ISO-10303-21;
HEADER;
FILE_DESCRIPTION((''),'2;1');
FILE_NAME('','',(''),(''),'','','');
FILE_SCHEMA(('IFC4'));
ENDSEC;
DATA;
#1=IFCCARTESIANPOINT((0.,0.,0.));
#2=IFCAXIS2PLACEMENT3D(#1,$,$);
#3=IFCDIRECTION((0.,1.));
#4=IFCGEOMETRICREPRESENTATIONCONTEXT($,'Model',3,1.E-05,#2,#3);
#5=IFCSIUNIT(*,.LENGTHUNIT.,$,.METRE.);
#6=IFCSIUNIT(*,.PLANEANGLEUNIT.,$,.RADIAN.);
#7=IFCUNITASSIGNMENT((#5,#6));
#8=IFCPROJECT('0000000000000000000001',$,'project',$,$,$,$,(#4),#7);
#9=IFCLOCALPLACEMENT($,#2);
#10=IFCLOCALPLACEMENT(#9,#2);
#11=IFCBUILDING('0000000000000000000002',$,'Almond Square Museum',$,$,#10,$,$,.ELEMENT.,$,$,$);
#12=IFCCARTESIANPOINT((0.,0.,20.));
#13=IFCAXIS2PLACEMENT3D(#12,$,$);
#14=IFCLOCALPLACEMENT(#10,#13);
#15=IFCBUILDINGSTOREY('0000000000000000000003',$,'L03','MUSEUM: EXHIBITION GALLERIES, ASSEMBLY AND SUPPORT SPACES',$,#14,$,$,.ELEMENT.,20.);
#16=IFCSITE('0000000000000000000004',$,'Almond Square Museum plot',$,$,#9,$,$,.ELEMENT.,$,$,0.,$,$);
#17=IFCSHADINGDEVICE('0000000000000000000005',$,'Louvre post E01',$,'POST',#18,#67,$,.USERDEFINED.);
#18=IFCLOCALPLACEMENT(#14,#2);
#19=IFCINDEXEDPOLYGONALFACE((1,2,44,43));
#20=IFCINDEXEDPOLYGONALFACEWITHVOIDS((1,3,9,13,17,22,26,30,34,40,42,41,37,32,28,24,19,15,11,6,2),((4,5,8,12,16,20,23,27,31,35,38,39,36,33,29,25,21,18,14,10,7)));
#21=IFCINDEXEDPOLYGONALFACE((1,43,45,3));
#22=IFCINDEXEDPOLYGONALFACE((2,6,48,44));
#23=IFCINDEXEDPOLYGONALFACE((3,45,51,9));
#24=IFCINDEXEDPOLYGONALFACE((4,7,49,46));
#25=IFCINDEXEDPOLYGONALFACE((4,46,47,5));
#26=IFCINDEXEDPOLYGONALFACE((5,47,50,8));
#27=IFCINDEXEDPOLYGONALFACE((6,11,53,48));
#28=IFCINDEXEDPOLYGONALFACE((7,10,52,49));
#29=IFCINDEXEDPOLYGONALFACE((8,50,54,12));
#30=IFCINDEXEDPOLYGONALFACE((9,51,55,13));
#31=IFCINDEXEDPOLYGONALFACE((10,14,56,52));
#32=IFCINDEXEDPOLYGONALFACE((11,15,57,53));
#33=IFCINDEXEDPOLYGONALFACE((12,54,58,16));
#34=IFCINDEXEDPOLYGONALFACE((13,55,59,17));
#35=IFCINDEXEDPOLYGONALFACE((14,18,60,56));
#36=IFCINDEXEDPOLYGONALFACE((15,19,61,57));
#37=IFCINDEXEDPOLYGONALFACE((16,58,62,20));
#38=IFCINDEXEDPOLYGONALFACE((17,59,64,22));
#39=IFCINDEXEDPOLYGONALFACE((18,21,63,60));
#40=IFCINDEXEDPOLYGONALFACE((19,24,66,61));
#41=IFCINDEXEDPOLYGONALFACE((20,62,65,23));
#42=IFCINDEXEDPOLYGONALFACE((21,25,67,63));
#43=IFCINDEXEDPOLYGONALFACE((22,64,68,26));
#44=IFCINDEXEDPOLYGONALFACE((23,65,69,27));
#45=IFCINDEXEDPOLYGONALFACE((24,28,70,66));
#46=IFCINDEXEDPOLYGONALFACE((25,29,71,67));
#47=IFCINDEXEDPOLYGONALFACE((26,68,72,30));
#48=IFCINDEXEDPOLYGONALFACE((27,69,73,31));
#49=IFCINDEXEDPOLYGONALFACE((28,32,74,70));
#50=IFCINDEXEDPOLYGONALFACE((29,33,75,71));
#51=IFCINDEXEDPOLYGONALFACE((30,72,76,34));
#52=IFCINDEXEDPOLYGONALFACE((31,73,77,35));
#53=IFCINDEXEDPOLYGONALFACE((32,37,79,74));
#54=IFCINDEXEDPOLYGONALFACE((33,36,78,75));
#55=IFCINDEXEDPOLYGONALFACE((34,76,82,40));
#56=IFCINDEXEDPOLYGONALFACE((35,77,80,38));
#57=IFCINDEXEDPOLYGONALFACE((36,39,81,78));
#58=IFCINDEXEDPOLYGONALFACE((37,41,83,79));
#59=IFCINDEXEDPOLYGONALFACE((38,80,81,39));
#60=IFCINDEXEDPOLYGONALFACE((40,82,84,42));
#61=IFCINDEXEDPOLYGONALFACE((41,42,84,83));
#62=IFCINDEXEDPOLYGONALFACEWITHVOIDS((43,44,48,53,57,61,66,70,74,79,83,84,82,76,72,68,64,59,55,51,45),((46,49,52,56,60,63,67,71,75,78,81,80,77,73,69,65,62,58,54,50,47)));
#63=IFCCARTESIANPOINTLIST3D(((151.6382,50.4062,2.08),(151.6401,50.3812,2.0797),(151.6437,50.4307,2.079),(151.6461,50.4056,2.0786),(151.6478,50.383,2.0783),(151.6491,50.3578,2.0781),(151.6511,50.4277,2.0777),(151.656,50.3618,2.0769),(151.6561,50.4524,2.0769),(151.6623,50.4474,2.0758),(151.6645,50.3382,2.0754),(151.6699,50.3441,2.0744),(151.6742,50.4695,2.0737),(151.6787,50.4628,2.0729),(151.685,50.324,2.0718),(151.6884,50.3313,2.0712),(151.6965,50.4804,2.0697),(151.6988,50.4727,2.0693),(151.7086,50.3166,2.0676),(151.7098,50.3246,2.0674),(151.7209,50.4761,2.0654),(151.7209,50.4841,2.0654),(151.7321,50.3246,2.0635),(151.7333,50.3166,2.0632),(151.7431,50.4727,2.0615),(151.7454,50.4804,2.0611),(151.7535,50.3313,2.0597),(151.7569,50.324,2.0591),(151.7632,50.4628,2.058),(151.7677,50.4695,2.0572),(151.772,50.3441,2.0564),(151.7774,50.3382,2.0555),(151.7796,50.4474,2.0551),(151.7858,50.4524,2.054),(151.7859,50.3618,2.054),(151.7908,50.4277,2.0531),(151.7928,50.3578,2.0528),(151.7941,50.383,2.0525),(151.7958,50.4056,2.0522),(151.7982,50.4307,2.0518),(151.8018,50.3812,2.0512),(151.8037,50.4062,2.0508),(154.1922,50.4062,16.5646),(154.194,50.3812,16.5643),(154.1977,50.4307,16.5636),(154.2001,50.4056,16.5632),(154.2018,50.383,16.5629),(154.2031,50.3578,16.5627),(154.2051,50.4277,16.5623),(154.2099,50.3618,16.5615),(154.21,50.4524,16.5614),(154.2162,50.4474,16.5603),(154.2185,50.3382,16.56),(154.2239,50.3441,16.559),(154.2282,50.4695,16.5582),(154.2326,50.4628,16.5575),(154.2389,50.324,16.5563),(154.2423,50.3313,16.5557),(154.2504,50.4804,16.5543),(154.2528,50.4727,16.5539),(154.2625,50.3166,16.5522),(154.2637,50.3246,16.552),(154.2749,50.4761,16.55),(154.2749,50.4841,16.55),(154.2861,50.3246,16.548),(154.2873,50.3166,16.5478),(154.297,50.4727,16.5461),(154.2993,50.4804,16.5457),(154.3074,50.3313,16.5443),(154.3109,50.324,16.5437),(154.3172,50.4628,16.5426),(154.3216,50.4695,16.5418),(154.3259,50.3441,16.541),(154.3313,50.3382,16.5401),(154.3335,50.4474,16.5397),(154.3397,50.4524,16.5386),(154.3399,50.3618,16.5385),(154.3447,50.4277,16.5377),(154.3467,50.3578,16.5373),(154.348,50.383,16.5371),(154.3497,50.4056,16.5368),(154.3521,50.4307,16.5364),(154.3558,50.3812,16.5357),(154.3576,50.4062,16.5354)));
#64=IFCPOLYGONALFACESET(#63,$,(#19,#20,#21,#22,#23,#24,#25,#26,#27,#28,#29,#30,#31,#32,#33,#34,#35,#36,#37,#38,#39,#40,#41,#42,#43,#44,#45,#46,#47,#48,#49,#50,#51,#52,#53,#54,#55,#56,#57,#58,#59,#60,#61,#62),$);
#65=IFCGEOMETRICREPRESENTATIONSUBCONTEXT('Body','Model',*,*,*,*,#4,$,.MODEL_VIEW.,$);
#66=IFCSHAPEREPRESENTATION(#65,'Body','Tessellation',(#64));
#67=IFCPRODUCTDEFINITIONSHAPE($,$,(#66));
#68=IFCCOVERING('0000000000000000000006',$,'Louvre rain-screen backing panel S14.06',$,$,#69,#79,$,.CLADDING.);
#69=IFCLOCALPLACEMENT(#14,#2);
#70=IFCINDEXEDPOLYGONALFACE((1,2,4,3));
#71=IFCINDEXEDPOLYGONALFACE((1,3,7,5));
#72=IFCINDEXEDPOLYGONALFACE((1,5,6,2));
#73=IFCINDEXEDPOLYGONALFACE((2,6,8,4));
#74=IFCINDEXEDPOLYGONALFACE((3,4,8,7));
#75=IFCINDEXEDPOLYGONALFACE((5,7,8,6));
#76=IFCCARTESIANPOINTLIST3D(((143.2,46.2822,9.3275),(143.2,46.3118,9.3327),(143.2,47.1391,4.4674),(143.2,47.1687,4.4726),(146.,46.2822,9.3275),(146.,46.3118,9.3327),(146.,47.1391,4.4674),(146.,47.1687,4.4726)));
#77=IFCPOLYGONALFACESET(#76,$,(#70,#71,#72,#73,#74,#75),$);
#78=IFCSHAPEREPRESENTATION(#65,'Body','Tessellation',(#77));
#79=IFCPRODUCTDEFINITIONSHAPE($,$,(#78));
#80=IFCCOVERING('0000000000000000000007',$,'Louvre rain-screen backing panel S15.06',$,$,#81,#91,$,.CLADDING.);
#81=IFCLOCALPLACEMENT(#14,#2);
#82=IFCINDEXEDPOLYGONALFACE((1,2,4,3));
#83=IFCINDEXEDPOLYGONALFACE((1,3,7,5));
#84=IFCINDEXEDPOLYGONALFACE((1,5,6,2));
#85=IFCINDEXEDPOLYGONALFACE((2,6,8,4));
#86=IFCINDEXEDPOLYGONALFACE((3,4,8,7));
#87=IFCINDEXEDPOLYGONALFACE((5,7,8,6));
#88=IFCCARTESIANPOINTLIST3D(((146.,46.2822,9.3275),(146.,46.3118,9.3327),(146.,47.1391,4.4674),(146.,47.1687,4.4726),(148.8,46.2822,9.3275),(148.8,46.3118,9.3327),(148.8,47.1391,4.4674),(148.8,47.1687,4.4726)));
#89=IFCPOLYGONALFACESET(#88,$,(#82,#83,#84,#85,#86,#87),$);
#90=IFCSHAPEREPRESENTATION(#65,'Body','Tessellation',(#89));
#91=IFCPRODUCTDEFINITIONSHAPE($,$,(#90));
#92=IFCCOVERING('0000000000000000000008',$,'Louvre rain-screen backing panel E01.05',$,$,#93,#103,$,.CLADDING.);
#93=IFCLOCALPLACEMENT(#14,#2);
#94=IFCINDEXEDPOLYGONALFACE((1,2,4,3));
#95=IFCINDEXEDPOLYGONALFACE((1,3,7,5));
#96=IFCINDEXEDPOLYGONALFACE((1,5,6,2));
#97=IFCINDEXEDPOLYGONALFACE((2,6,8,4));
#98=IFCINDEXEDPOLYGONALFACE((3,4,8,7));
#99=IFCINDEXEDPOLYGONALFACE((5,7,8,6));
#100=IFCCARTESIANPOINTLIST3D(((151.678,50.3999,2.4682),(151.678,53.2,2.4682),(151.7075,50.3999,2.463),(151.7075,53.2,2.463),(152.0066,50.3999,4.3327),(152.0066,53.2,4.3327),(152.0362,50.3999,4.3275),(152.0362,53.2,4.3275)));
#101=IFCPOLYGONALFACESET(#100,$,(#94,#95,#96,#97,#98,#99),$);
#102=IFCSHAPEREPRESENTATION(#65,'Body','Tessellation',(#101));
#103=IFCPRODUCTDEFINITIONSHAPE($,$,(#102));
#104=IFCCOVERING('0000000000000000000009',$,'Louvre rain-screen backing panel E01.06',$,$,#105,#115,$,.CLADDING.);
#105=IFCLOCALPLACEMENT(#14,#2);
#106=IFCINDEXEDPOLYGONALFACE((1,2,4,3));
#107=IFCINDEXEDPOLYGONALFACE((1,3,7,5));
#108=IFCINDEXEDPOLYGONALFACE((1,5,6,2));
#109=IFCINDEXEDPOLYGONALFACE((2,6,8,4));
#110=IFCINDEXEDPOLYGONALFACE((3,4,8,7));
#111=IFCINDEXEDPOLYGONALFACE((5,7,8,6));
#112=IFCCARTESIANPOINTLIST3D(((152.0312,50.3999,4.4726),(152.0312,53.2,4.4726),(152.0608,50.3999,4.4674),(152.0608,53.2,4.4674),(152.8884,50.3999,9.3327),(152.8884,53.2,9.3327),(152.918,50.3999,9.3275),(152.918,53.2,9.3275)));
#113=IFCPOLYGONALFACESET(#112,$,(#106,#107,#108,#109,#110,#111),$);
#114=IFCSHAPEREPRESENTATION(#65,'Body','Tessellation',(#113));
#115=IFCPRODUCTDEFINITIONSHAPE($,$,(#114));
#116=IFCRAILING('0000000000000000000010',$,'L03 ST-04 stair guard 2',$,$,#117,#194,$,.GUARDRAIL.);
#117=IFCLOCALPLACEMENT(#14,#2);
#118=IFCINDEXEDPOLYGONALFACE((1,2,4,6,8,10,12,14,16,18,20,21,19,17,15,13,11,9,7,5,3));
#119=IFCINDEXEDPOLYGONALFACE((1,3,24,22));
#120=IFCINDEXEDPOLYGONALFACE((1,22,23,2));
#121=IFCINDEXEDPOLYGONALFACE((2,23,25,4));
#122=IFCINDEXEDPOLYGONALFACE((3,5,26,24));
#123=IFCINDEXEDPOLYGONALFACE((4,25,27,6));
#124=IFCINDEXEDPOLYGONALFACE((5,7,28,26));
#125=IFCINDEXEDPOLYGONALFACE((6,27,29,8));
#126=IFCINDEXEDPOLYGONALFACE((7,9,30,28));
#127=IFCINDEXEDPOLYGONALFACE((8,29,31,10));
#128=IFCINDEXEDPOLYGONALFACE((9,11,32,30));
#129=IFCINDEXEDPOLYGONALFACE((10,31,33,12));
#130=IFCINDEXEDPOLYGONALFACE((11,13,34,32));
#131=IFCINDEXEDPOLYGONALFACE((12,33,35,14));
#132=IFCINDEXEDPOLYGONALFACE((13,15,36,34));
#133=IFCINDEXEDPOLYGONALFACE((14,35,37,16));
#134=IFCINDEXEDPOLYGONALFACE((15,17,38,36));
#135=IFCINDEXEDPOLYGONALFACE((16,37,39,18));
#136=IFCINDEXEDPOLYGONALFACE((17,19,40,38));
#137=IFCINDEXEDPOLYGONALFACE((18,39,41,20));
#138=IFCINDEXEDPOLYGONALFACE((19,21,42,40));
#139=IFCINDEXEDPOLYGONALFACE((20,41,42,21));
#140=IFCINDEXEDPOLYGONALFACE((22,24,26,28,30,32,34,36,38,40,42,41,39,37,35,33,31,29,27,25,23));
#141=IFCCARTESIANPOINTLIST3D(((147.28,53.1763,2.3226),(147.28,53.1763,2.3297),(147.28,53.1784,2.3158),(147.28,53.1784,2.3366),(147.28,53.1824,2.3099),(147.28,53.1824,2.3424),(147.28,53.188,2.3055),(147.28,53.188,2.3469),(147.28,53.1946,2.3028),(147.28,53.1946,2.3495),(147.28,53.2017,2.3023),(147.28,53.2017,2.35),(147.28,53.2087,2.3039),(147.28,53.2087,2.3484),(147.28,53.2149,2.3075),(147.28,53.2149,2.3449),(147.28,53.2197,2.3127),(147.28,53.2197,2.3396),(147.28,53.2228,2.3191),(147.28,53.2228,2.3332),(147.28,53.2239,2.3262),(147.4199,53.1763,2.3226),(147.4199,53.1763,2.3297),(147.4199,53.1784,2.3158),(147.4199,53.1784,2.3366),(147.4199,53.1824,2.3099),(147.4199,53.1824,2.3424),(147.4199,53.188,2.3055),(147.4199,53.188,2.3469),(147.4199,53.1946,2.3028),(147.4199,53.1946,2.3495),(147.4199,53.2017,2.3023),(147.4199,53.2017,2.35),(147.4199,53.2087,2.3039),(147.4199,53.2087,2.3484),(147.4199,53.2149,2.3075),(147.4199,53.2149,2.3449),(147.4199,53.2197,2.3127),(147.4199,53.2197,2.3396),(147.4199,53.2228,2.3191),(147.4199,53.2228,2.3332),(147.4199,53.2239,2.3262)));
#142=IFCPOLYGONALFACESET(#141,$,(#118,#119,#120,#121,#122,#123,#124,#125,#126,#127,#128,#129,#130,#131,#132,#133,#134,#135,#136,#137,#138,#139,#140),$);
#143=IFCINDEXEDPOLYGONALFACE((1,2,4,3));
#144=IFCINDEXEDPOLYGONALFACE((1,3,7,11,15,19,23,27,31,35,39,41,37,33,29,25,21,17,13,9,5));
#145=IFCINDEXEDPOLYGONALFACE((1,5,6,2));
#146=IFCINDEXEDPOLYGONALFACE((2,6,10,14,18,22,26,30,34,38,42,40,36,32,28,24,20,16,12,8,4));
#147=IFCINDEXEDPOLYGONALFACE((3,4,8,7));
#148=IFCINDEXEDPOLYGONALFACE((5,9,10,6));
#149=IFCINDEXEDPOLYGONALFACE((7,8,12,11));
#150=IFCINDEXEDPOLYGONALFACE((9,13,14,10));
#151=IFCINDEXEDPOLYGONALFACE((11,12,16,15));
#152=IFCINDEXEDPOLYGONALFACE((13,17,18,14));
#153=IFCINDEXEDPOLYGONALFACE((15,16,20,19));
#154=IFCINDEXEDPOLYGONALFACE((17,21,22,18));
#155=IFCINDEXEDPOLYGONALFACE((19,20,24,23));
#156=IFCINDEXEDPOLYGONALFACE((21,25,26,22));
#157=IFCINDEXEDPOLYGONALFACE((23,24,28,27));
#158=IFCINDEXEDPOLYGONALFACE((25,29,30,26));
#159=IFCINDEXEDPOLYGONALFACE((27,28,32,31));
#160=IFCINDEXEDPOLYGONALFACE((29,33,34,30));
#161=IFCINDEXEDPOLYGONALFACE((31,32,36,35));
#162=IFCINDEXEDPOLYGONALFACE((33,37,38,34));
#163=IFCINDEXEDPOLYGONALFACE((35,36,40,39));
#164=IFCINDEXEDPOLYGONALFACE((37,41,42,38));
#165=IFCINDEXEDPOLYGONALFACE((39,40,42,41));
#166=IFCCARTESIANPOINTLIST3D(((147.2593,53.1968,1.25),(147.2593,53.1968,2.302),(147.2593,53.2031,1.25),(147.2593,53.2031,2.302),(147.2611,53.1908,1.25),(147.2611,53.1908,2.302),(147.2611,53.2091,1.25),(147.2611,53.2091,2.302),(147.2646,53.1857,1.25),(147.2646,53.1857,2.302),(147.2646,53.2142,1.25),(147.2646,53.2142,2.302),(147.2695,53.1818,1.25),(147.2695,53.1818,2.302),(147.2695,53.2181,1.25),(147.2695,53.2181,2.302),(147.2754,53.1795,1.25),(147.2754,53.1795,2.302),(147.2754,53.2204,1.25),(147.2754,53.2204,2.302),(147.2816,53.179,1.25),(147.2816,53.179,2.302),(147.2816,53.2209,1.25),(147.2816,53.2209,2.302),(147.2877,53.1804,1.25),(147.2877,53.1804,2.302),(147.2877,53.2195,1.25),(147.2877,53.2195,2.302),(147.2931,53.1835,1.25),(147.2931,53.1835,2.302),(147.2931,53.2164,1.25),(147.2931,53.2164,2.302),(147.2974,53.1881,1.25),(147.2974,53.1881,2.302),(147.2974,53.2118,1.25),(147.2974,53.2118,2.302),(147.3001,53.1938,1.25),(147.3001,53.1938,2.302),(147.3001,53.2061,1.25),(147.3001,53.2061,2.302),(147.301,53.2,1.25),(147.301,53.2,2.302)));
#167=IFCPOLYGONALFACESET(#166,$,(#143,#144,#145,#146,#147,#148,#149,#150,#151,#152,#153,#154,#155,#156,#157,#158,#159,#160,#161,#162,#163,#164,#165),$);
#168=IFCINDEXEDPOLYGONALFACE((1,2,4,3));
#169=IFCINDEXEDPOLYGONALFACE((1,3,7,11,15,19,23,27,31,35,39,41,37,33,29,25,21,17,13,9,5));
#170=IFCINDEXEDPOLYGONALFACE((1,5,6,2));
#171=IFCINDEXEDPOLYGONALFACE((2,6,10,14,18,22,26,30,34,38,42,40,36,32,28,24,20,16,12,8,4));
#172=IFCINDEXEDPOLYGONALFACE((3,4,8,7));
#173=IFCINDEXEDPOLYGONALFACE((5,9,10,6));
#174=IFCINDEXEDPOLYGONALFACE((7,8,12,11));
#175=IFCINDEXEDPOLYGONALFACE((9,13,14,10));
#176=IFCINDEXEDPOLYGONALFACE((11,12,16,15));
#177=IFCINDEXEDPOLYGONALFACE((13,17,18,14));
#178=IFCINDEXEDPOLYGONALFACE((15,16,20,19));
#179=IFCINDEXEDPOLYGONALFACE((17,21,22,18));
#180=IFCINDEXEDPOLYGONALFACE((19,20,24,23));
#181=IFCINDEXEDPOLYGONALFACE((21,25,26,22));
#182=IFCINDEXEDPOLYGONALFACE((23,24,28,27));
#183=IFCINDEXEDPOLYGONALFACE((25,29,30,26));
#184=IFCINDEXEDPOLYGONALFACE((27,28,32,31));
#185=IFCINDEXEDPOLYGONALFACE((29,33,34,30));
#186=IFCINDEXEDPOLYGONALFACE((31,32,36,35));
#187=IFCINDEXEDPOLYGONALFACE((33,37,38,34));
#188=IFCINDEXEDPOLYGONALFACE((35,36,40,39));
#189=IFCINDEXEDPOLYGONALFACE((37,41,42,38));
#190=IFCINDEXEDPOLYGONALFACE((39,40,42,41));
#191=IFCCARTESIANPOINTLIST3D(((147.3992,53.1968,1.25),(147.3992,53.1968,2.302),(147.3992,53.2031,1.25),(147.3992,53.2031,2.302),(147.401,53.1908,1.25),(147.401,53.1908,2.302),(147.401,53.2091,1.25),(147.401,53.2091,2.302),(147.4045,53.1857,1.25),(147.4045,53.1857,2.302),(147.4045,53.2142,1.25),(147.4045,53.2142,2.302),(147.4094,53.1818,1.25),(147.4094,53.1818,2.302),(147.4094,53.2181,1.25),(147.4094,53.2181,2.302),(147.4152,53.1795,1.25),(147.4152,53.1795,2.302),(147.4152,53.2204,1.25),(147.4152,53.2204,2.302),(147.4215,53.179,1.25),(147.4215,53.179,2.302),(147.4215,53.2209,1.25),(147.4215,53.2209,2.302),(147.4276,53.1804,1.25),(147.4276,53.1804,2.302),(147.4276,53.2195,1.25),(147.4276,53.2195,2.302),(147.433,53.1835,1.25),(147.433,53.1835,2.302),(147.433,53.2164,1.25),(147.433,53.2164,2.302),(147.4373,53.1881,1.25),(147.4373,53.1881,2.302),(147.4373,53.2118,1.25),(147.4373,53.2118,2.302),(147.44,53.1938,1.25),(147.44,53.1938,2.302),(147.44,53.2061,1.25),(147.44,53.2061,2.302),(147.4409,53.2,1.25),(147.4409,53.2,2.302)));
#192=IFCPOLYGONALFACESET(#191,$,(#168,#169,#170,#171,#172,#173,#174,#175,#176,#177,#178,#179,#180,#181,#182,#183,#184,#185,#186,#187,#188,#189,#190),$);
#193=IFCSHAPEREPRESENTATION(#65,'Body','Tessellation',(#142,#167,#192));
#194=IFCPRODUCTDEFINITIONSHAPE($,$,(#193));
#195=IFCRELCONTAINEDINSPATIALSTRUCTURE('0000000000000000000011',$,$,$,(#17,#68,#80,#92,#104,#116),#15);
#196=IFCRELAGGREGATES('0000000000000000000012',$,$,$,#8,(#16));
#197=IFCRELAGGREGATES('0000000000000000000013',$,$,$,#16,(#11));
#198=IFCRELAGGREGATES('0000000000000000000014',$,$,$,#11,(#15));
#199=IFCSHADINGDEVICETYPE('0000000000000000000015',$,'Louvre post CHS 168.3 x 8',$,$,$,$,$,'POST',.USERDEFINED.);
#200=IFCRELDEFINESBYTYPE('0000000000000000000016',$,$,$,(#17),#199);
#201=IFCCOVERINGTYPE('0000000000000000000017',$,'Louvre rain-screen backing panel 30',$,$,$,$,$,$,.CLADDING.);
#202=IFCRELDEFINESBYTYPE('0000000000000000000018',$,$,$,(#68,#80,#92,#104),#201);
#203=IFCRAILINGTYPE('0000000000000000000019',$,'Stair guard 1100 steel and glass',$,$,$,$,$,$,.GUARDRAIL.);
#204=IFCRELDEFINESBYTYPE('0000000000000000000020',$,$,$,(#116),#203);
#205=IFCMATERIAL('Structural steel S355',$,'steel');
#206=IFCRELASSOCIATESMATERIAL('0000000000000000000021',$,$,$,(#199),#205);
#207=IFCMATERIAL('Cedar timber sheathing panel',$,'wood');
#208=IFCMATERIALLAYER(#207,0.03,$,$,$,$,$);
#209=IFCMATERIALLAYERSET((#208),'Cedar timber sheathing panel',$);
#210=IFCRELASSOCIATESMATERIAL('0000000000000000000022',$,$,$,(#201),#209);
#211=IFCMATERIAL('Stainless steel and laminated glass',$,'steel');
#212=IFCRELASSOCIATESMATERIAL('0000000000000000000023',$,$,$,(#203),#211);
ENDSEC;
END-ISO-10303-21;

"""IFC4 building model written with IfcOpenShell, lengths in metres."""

from ifc_helpers import new_model, si_unit, direction, frame, origin, origin_2d, place, context, subcontext, project, spatial, polyline, circle, hollow_circle, outline, extrude, material, layer, layer_set, material_profile, profile_set, type_object, element, save


model = new_model("IFC4")

# Units and contexts
model_context = context("Model", 3, precision=1e-05, world=origin(), true_north=direction((0.0, 1.0)))
body_context = subcontext(model_context, "Body", "Model", "MODEL_VIEW")
ifc_project = project(units=[si_unit("LENGTHUNIT", "METRE"), si_unit("PLANEANGLEUNIT", "RADIAN")], contexts=[model_context])

# Site, building, storey
site_placement = place(None, origin())
site = spatial("IfcSite", under=ifc_project, at=site_placement, Name="Almond Square Museum plot", CompositionType="ELEMENT", RefElevation=0.0)
building_placement = place(site_placement, origin())
building = spatial("IfcBuilding", under=site, at=building_placement, Name="Almond Square Museum", CompositionType="ELEMENT")
storey_placement = place(building_placement, frame((0.0, 0.0, 20.0)))
storey = spatial("IfcBuildingStorey", under=building, at=storey_placement, Name="L03", Description="MUSEUM: EXHIBITION GALLERIES, ASSEMBLY AND SUPPORT SPACES", CompositionType="ELEMENT", Elevation=20.0)

# Shading device
ifc_material_1 = material(Name="Structural steel S355", Category="steel")
ifc_material_profile_1 = material_profile(ifc_material_1, hollow_circle(Radius=0.0842, WallThickness=0.0081, at=origin_2d()))
ifc_profile_set_1 = profile_set([ifc_material_profile_1], Name="Structural steel S355")
shading_device_type = type_object("IfcShadingDeviceType", Name="Louvre post CHS 168.3 x 8", ElementType="POST", PredefinedType="USERDEFINED", material=ifc_profile_set_1)
shading_device_placement = place(storey_placement, frame((151.7209, 50.3999, 2.0654), z_axis=(0.173643, 0.0, 0.984809), x_axis=(0.0, 1.0, 0.0)))
element("IfcShadingDevice", 1, at=shading_device_placement, inside=storey, type_object=shading_device_type, Name="Louvre post E01", ObjectType="POST", PredefinedType="USERDEFINED", context=body_context, shape_type="SweptSolid", body=[
    extrude(hollow_circle(Radius=0.0842, WallThickness=0.0081, at=origin_2d()), origin(), (0.0, 0.0, 1.0), 14.708),
])

# Coverings
ifc_material_2 = material(Name="Cedar timber sheathing panel", Category="wood")
ifc_layer_1 = layer(ifc_material_2, 0.03)
ifc_layer_set_1 = layer_set([ifc_layer_1], Name="Cedar timber sheathing panel")
covering_type_1 = type_object("IfcCoveringType", Name="Louvre rain-screen backing panel 30", PredefinedType="CLADDING", material=ifc_layer_set_1)
for number, where, z_axis, x_axis, name in (
    (2, (143.2, 47.1538, 4.47), (0.0, -0.984809, -0.173641), (1.0, 0.0, 0.0), "Louvre rain-screen backing panel S14.06"),
    (3, (146.0, 47.1538, 4.47), (0.0, -0.984809, -0.173641), (1.0, 0.0, 0.0), "Louvre rain-screen backing panel S15.06"),
):
    element("IfcCovering", number, at=place(storey_placement, frame(where, z_axis=z_axis, x_axis=x_axis)), inside=storey, type_object=covering_type_1, Name=name, PredefinedType="CLADDING", context=body_context, shape_type="SweptSolid", body=[
        extrude(outline(polyline([(0.0, 0.0), (2.8, 0.0), (2.8, 4.9351), (0.0, 4.9351), (0.0, 0.0)])), frame((0.0, 0.0, -0.0151)), (0.0, 0.0, 1.0), 0.03),
    ])
covering_1_placement = place(storey_placement, frame((151.6929, 50.3999, 2.4656), z_axis=(0.984821, 0.0, -0.173572), x_axis=(0.0, 1.0, 0.0)))
element("IfcCovering", 4, at=covering_1_placement, inside=storey, type_object=covering_type_1, Name="Louvre rain-screen backing panel E01.05", PredefinedType="CLADDING", context=body_context, shape_type="SweptSolid", body=[
    extrude(outline(polyline([(0.0, 0.0), (2.8, 0.0), (2.8, 1.8932), (0.0, 1.8932), (0.0, 0.0)])), frame((0.0, 0.0, -0.0151)), (0.0, 0.0, 1.0), 0.03),
])
covering_2_placement = place(storey_placement, frame((152.0461, 50.3999, 4.47), z_axis=(0.9848, 0.0, -0.173689), x_axis=(0.0, 1.0, 0.0)))
element("IfcCovering", 5, at=covering_2_placement, inside=storey, type_object=covering_type_1, Name="Louvre rain-screen backing panel E01.06", PredefinedType="CLADDING", context=body_context, shape_type="SweptSolid", body=[
    extrude(outline(polyline([(0.0, 0.0), (2.8, 0.0), (2.8, 4.9351), (0.0, 4.9351), (0.0, 0.0)])), frame((0.0, 0.0, -0.0151)), (0.0, 0.0, 1.0), 0.03),
])

# Railing
ifc_material_3 = material(Name="Stainless steel and laminated glass", Category="steel")
railing_type_1 = type_object("IfcRailingType", Name="Stair guard 1100 steel and glass", PredefinedType="GUARDRAIL", material=ifc_material_3)
railing_1_placement = place(storey_placement, frame((147.28, 53.2, 1.25)))
element("IfcRailing", 6, at=railing_1_placement, inside=storey, type_object=railing_type_1, Name="L03 ST-04 stair guard 2", PredefinedType="GUARDRAIL", context=body_context, shape_type="SweptSolid", body=[
    extrude(circle(Radius=0.0239, at=origin_2d()), frame((0.0, 0.0, 1.0762), z_axis=(1.0, 0.0, 0.0), x_axis=(0.0, 1.0, 0.0)), (0.0, 0.0, 1.0), 0.1399),
    extrude(circle(Radius=0.021, at=origin_2d()), origin(), (0.0, 0.0, 1.0), 1.052),
    extrude(circle(Radius=0.021, at=origin_2d()), frame((0.1399, 0.0, 0.0)), (0.0, 0.0, 1.0), 1.052),
])

save(model, "model.ifc")
